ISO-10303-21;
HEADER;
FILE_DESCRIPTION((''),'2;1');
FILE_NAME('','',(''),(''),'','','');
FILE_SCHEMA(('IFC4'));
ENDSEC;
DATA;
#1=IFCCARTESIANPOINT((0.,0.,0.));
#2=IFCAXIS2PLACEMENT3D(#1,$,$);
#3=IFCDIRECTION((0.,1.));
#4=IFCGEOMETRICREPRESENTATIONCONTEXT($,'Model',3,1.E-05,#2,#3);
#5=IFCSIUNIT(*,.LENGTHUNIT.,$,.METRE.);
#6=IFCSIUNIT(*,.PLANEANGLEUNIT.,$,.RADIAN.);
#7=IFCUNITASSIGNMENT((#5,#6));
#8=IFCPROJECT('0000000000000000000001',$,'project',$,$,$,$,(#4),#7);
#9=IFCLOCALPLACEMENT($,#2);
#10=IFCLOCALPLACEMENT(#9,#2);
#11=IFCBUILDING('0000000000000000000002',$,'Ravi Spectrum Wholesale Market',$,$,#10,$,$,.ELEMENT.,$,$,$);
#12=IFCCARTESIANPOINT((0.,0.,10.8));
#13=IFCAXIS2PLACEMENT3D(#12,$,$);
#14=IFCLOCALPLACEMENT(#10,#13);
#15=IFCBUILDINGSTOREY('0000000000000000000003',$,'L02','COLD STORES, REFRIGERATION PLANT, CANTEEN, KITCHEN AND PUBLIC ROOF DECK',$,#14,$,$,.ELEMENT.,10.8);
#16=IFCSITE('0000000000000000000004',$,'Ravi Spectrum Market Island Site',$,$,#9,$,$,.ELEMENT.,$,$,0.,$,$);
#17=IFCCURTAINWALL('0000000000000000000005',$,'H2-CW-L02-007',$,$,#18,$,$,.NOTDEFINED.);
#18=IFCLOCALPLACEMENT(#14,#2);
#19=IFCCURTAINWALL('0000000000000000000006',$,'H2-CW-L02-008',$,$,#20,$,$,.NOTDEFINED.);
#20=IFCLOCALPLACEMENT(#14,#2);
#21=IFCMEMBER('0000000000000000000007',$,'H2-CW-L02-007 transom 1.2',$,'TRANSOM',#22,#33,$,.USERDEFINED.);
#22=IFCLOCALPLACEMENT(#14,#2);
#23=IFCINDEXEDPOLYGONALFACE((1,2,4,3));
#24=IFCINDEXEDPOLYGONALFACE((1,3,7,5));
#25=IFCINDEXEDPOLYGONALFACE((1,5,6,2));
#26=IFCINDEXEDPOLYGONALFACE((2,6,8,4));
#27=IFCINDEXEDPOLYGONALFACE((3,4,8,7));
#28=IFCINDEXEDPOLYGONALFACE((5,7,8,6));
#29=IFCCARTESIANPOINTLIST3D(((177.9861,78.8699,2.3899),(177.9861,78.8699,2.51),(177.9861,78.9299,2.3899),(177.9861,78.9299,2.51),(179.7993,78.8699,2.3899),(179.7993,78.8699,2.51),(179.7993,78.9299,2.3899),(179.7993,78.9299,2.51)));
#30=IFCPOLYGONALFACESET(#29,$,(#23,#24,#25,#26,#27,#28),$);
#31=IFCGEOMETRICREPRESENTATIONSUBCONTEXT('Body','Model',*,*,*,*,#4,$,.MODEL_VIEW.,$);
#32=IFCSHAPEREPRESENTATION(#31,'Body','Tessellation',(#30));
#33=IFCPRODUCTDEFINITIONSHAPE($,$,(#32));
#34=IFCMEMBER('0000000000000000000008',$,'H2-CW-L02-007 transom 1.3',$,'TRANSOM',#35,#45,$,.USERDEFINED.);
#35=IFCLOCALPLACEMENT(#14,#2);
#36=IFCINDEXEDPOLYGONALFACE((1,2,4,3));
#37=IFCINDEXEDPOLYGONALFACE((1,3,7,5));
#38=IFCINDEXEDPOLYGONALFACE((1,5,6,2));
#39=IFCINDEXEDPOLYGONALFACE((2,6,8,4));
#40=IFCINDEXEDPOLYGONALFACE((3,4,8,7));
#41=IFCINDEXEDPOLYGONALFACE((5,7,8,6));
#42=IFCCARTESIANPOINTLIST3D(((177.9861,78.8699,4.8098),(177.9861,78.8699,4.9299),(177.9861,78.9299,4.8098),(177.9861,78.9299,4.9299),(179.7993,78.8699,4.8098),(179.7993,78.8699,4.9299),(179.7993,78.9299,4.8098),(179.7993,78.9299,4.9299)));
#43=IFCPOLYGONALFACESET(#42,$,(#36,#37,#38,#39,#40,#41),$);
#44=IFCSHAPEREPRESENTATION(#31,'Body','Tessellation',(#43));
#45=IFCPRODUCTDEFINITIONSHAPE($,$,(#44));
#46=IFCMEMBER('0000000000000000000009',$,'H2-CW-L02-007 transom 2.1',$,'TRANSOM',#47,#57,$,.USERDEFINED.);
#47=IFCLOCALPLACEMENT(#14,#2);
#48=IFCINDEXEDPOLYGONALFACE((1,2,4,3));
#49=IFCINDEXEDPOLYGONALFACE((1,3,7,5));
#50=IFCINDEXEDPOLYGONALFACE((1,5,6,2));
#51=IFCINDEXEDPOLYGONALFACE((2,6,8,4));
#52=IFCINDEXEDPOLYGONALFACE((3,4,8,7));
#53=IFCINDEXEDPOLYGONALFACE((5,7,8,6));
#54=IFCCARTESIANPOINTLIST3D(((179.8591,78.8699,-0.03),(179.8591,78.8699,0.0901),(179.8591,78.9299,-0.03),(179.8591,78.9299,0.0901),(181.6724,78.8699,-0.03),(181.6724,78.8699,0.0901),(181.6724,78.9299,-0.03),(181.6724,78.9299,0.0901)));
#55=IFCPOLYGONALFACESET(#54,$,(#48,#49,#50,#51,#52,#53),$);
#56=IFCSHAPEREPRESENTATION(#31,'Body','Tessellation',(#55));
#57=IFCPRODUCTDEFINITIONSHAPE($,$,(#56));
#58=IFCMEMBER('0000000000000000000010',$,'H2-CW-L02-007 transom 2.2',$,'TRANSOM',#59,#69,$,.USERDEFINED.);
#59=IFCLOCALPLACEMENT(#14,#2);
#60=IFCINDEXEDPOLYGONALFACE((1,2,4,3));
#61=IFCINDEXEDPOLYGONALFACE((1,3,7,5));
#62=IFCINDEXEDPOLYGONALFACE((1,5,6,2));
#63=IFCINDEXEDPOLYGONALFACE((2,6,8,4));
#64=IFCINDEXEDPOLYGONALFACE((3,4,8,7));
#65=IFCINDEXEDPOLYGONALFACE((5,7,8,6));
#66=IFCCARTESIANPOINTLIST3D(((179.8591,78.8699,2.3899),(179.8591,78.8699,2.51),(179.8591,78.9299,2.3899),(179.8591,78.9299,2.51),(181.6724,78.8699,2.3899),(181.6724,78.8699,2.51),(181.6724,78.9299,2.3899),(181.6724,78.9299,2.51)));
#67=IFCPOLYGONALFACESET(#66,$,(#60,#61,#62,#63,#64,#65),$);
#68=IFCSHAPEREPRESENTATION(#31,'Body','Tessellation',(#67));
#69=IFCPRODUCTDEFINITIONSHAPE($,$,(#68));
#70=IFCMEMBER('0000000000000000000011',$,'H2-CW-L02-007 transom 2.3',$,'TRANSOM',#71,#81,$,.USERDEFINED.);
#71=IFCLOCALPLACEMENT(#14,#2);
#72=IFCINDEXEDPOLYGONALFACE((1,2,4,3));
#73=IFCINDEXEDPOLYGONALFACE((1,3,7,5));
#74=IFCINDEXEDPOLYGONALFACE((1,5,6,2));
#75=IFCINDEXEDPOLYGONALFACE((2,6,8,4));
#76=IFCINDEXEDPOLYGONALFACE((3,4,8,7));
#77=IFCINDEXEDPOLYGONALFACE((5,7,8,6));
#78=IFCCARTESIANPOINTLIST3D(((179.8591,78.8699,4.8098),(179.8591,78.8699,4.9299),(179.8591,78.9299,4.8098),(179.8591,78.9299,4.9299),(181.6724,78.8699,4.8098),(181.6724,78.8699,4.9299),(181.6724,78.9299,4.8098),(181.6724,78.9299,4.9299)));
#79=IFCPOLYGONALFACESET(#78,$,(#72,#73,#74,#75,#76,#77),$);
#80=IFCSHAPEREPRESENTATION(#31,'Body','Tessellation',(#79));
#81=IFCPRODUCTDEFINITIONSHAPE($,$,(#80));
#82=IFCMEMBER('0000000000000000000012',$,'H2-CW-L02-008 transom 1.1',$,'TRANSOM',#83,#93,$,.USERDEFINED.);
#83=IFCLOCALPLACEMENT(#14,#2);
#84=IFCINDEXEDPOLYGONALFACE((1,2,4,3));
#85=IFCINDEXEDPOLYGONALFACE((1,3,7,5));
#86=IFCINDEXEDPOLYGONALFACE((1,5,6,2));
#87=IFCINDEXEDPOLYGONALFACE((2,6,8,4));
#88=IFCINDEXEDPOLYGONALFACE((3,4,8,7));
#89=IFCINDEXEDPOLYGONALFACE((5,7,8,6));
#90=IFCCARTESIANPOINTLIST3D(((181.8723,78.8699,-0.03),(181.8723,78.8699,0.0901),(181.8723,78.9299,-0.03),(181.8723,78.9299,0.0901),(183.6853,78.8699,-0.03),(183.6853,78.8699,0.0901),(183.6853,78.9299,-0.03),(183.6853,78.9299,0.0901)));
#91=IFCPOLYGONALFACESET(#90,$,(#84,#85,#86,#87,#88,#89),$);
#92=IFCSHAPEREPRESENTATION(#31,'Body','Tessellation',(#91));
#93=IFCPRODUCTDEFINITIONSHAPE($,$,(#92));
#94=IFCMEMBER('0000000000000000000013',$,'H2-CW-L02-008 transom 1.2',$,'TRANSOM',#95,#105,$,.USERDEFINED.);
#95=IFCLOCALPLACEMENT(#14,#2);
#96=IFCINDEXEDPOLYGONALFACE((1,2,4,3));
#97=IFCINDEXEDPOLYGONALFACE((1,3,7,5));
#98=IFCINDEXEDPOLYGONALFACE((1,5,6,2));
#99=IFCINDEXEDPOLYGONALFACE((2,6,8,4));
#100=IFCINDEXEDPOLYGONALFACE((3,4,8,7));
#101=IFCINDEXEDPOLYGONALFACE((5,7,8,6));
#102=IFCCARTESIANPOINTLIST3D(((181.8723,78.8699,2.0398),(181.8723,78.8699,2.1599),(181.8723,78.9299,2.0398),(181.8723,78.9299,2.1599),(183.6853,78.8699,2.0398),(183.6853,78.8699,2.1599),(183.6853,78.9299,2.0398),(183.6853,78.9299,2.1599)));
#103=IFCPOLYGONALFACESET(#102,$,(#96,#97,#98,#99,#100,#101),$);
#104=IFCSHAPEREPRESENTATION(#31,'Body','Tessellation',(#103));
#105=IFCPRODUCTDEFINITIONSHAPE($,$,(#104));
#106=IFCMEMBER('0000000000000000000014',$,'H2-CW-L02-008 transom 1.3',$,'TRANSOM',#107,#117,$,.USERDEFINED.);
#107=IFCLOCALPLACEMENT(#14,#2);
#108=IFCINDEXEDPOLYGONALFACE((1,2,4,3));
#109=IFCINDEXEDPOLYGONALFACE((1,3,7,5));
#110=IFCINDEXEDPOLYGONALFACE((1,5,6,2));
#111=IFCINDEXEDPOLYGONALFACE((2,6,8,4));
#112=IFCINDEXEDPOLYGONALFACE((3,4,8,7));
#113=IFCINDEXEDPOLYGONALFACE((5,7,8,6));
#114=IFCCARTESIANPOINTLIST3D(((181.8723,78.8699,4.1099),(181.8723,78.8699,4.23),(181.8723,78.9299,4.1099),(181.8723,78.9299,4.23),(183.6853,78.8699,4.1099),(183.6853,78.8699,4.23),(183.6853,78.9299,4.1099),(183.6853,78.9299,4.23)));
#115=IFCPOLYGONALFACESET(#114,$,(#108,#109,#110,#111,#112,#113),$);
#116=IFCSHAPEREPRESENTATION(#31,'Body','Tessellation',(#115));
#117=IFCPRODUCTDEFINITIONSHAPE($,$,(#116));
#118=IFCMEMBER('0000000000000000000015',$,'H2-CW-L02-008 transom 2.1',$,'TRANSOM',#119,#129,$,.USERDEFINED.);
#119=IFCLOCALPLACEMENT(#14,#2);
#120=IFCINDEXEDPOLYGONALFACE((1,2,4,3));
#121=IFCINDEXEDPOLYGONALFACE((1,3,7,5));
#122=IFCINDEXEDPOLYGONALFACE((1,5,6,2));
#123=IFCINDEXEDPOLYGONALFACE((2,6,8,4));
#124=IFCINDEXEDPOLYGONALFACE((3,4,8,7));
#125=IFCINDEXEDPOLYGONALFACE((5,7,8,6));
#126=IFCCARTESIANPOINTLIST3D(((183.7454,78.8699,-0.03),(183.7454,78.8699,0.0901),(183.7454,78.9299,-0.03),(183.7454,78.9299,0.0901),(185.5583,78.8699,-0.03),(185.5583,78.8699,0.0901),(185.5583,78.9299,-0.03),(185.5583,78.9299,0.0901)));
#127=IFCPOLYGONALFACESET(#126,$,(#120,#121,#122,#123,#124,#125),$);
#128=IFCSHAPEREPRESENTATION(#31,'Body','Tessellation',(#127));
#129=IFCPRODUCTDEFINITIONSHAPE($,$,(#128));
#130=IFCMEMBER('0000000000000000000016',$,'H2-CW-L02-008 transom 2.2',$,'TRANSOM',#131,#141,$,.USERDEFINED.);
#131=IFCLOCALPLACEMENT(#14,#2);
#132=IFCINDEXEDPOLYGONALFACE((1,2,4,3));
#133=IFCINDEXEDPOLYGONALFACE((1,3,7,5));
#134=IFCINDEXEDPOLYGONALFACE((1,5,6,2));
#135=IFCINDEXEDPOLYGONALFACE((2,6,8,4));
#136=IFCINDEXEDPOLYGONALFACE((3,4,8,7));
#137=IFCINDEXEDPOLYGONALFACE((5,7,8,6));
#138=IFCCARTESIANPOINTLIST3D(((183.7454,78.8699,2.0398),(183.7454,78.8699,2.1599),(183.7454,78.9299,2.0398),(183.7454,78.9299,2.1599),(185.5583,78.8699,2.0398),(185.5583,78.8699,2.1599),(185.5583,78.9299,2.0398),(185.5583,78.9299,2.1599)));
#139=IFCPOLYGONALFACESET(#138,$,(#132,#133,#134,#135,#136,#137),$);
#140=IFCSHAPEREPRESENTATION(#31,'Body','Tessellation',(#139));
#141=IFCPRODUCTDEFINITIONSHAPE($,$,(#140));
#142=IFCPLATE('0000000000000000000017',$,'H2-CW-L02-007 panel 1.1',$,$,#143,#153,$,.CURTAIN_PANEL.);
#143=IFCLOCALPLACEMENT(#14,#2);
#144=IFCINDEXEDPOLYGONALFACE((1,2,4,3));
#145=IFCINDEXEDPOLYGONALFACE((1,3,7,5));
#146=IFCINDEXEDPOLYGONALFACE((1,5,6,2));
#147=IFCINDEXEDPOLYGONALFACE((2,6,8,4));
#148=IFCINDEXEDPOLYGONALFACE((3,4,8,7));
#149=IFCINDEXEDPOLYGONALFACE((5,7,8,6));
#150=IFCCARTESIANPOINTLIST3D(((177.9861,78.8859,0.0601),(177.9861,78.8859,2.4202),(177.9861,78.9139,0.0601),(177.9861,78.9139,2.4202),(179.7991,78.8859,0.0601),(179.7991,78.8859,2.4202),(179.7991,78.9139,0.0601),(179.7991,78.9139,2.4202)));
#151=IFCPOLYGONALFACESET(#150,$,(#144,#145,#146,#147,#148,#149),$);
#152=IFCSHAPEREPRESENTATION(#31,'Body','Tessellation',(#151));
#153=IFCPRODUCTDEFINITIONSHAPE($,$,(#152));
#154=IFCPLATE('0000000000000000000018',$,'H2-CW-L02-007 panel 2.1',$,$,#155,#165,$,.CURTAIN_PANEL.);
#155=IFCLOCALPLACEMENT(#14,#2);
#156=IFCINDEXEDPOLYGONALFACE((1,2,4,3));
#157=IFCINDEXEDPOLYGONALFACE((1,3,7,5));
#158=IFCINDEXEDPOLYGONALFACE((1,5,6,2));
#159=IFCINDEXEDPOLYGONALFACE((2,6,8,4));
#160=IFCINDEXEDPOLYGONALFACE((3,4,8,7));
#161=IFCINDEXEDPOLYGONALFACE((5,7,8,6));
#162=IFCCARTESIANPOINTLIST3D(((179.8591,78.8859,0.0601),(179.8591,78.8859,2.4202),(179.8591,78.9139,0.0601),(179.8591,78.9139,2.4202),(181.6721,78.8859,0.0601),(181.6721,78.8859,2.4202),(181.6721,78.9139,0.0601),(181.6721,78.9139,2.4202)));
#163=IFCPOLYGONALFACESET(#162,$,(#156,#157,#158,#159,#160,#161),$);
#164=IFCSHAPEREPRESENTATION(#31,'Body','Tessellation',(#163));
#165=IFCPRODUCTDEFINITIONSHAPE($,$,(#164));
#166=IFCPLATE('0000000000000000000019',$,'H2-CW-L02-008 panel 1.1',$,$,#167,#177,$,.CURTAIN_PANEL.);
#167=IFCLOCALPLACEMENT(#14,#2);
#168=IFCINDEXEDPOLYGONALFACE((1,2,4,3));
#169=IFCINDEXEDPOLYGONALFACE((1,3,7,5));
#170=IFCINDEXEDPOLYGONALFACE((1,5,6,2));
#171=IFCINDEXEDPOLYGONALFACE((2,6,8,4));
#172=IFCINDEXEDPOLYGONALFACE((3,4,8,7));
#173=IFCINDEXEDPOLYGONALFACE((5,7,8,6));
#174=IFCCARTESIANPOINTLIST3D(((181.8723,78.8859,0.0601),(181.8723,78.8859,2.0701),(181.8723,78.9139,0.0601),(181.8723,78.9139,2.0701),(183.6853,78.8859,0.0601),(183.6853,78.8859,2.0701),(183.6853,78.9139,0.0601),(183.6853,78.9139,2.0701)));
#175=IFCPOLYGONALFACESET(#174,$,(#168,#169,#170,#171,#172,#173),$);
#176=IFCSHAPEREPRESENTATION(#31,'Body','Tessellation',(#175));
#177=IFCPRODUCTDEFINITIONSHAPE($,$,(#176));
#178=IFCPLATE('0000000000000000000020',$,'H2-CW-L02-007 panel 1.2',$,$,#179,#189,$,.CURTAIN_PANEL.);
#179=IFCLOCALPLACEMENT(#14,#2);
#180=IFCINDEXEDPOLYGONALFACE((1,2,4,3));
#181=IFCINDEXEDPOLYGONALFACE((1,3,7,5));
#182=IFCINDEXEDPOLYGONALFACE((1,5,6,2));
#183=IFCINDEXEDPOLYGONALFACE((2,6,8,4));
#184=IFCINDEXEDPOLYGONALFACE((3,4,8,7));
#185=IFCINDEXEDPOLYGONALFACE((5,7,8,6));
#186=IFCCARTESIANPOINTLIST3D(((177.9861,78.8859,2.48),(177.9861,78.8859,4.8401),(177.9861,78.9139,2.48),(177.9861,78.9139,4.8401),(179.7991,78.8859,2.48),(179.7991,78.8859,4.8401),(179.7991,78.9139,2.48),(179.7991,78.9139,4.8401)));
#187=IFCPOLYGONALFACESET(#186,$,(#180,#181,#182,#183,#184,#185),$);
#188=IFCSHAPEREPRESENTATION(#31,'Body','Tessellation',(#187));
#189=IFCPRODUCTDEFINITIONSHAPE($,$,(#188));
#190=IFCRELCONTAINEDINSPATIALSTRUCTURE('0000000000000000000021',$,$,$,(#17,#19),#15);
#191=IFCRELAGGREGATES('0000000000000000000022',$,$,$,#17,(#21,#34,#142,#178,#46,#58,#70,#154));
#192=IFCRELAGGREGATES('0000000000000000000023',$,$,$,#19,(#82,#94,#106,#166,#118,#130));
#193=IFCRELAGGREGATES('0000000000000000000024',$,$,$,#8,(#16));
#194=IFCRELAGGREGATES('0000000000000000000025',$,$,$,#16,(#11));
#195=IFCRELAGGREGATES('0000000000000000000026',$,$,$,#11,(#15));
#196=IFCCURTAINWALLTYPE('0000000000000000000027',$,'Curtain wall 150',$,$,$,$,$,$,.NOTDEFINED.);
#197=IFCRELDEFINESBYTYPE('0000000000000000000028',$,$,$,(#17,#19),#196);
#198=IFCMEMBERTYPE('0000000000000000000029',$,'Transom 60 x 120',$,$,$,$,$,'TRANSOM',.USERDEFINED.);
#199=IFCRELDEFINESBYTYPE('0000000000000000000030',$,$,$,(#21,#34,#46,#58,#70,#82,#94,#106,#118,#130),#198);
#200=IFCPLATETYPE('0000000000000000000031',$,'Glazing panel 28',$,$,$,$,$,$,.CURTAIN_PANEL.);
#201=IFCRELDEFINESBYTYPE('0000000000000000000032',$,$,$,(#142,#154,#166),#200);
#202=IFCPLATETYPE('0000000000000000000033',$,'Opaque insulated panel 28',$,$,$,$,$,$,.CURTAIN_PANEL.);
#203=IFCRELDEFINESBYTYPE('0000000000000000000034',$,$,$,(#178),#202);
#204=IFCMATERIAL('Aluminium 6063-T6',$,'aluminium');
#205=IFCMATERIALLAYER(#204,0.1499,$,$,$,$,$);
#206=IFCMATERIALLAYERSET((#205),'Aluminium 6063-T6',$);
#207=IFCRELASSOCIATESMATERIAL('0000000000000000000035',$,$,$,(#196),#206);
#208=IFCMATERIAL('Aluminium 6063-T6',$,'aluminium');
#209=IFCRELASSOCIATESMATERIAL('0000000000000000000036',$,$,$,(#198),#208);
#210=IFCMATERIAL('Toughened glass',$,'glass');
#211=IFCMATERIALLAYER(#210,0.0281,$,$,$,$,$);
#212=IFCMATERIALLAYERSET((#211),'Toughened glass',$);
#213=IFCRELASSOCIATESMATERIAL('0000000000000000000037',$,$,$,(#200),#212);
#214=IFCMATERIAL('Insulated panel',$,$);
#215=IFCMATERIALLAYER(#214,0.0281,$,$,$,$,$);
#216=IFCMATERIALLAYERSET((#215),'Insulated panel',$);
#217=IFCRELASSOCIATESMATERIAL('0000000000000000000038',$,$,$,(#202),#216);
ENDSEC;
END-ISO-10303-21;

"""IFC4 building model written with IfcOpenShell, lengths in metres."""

from ifc_helpers import new_model, si_unit, direction, frame, origin, origin_2d, place, context, subcontext, project, spatial, rectangle, extrude, material, layer, layer_set, material_profile, profile_set, type_object, element, aggregate, save


model = new_model("IFC4")

# Units and contexts
model_context = context("Model", 3, precision=1e-05, world=origin(), true_north=direction((0.0, 1.0)))
body_context = subcontext(model_context, "Body", "Model", "MODEL_VIEW")
ifc_project = project(units=[si_unit("LENGTHUNIT", "METRE"), si_unit("PLANEANGLEUNIT", "RADIAN")], contexts=[model_context])

# Site, building, storey
site_placement = place(None, origin())
site = spatial("IfcSite", under=ifc_project, at=site_placement, Name="Ravi Spectrum Market Island Site", CompositionType="ELEMENT", RefElevation=0.0)
building_placement = place(site_placement, origin())
building = spatial("IfcBuilding", under=site, at=building_placement, Name="Ravi Spectrum Wholesale Market", CompositionType="ELEMENT")
storey_placement = place(building_placement, frame((0.0, 0.0, 10.8)))
storey = spatial("IfcBuildingStorey", under=building, at=storey_placement, Name="L02", Description="COLD STORES, REFRIGERATION PLANT, CANTEEN, KITCHEN AND PUBLIC ROOF DECK", CompositionType="ELEMENT", Elevation=10.8)

# Shared definitions
ifc_material_1 = material(Name="Aluminium 6063-T6", Category="aluminium")
ifc_layer_1 = layer(ifc_material_1, 0.1499)
ifc_layer_set_1 = layer_set([ifc_layer_1], Name="Aluminium 6063-T6")
curtain_wall_type = type_object("IfcCurtainWallType", Name="Curtain wall 150", PredefinedType="NOTDEFINED", material=ifc_layer_set_1)

# Curtain walls
curtain_wall_1_placement = place(storey_placement, origin())
curtain_wall_1 = element("IfcCurtainWall", 1, at=curtain_wall_1_placement, inside=storey, type_object=curtain_wall_type, Name="H2-CW-L02-007", PredefinedType="NOTDEFINED")
curtain_wall_2_placement = place(storey_placement, origin())
curtain_wall_2 = element("IfcCurtainWall", 2, at=curtain_wall_2_placement, inside=storey, type_object=curtain_wall_type, Name="H2-CW-L02-008", PredefinedType="NOTDEFINED")

# Members
ifc_material_2 = material(Name="Aluminium 6063-T6", Category="aluminium")
ifc_material_profile_1 = material_profile(ifc_material_2, rectangle(XDim=0.0601, YDim=0.1201, at=origin_2d()))
ifc_profile_set_1 = profile_set([ifc_material_profile_1], Name="Aluminium 6063-T6")
member_type_1 = type_object("IfcMemberType", Name="Transom 60 x 120", ElementType="TRANSOM", PredefinedType="USERDEFINED", material=ifc_profile_set_1)
member_1_placement = place(storey_placement, frame((177.9861, 78.8999, 2.45), z_axis=(1.0, 0.0, 0.0), x_axis=(0.0, 1.0, 0.0)))
member_1 = element("IfcMember", 3, at=member_1_placement, type_object=member_type_1, Name="H2-CW-L02-007 transom 1.2", ObjectType="TRANSOM", PredefinedType="USERDEFINED", context=body_context, shape_type="SweptSolid", body=[
    extrude(rectangle(XDim=0.0601, YDim=0.1201, at=origin_2d()), origin(), (0.0, 0.0, 1.0), 1.8132),
])
member_2_placement = place(storey_placement, frame((177.9861, 78.8999, 4.8699), z_axis=(1.0, 0.0, 0.0), x_axis=(0.0, 1.0, 0.0)))
member_2 = element("IfcMember", 4, at=member_2_placement, type_object=member_type_1, Name="H2-CW-L02-007 transom 1.3", ObjectType="TRANSOM", PredefinedType="USERDEFINED", context=body_context, shape_type="SweptSolid", body=[
    extrude(rectangle(XDim=0.0601, YDim=0.1201, at=origin_2d()), origin(), (0.0, 0.0, 1.0), 1.8132),
])
member_3_placement = place(storey_placement, frame((179.8591, 78.8999, 0.03), z_axis=(1.0, 0.0, 0.0), x_axis=(0.0, 1.0, 0.0)))
member_3 = element("IfcMember", 5, at=member_3_placement, type_object=member_type_1, Name="H2-CW-L02-007 transom 2.1", ObjectType="TRANSOM", PredefinedType="USERDEFINED", context=body_context, shape_type="SweptSolid", body=[
    extrude(rectangle(XDim=0.0601, YDim=0.1201, at=origin_2d()), origin(), (0.0, 0.0, 1.0), 1.8132),
])
member_4_placement = place(storey_placement, frame((179.8591, 78.8999, 2.45), z_axis=(1.0, 0.0, 0.0), x_axis=(0.0, 1.0, 0.0)))
member_4 = element("IfcMember", 6, at=member_4_placement, type_object=member_type_1, Name="H2-CW-L02-007 transom 2.2", ObjectType="TRANSOM", PredefinedType="USERDEFINED", context=body_context, shape_type="SweptSolid", body=[
    extrude(rectangle(XDim=0.0601, YDim=0.1201, at=origin_2d()), origin(), (0.0, 0.0, 1.0), 1.8132),
])
member_5_placement = place(storey_placement, frame((179.8591, 78.8999, 4.8699), z_axis=(1.0, 0.0, 0.0), x_axis=(0.0, 1.0, 0.0)))
member_5 = element("IfcMember", 7, at=member_5_placement, type_object=member_type_1, Name="H2-CW-L02-007 transom 2.3", ObjectType="TRANSOM", PredefinedType="USERDEFINED", context=body_context, shape_type="SweptSolid", body=[
    extrude(rectangle(XDim=0.0601, YDim=0.1201, at=origin_2d()), origin(), (0.0, 0.0, 1.0), 1.8132),
])
member_6_placement = place(storey_placement, frame((181.8723, 78.8999, 0.03), z_axis=(1.0, 0.0, 0.0), x_axis=(0.0, 1.0, 0.0)))
member_6 = element("IfcMember", 8, at=member_6_placement, type_object=member_type_1, Name="H2-CW-L02-008 transom 1.1", ObjectType="TRANSOM", PredefinedType="USERDEFINED", context=body_context, shape_type="SweptSolid", body=[
    extrude(rectangle(XDim=0.0601, YDim=0.1201, at=origin_2d()), origin(), (0.0, 0.0, 1.0), 1.813),
])
member_7_placement = place(storey_placement, frame((181.8723, 78.8999, 2.0999), z_axis=(1.0, 0.0, 0.0), x_axis=(0.0, 1.0, 0.0)))
member_7 = element("IfcMember", 9, at=member_7_placement, type_object=member_type_1, Name="H2-CW-L02-008 transom 1.2", ObjectType="TRANSOM", PredefinedType="USERDEFINED", context=body_context, shape_type="SweptSolid", body=[
    extrude(rectangle(XDim=0.0601, YDim=0.1201, at=origin_2d()), origin(), (0.0, 0.0, 1.0), 1.813),
])
member_8_placement = place(storey_placement, frame((181.8723, 78.8999, 4.1699), z_axis=(1.0, 0.0, 0.0), x_axis=(0.0, 1.0, 0.0)))
member_8 = element("IfcMember", 10, at=member_8_placement, type_object=member_type_1, Name="H2-CW-L02-008 transom 1.3", ObjectType="TRANSOM", PredefinedType="USERDEFINED", context=body_context, shape_type="SweptSolid", body=[
    extrude(rectangle(XDim=0.0601, YDim=0.1201, at=origin_2d()), origin(), (0.0, 0.0, 1.0), 1.813),
])
member_9_placement = place(storey_placement, frame((183.7454, 78.8999, 0.03), z_axis=(1.0, 0.0, 0.0), x_axis=(0.0, 1.0, 0.0)))
member_9 = element("IfcMember", 11, at=member_9_placement, type_object=member_type_1, Name="H2-CW-L02-008 transom 2.1", ObjectType="TRANSOM", PredefinedType="USERDEFINED", context=body_context, shape_type="SweptSolid", body=[
    extrude(rectangle(XDim=0.0601, YDim=0.1201, at=origin_2d()), origin(), (0.0, 0.0, 1.0), 1.813),
])
member_10_placement = place(storey_placement, frame((183.7454, 78.8999, 2.0999), z_axis=(1.0, 0.0, 0.0), x_axis=(0.0, 1.0, 0.0)))
member_10 = element("IfcMember", 12, at=member_10_placement, type_object=member_type_1, Name="H2-CW-L02-008 transom 2.2", ObjectType="TRANSOM", PredefinedType="USERDEFINED", context=body_context, shape_type="SweptSolid", body=[
    extrude(rectangle(XDim=0.0601, YDim=0.1201, at=origin_2d()), origin(), (0.0, 0.0, 1.0), 1.813),
])

# Plates
ifc_material_3 = material(Name="Toughened glass", Category="glass")
ifc_layer_2 = layer(ifc_material_3, 0.0281)
ifc_layer_set_2 = layer_set([ifc_layer_2], Name="Toughened glass")
plate_type_1 = type_object("IfcPlateType", Name="Glazing panel 28", PredefinedType="CURTAIN_PANEL", material=ifc_layer_set_2)
plate_1_placement = place(storey_placement, frame((178.8926, 78.8999, 0.0601), z_axis=(0.0, 0.0, 1.0), x_axis=(1.0, 0.0, 0.0)))
plate_1 = element("IfcPlate", 13, at=plate_1_placement, type_object=plate_type_1, Name="H2-CW-L02-007 panel 1.1", PredefinedType="CURTAIN_PANEL", context=body_context, shape_type="SweptSolid", body=[
    extrude(rectangle(XDim=1.813, YDim=0.0281, at=origin_2d()), origin(), (0.0, 0.0, 1.0), 2.3601),
])
plate_2_placement = place(storey_placement, frame((180.7656, 78.8999, 0.0601), z_axis=(0.0, 0.0, 1.0), x_axis=(1.0, 0.0, 0.0)))
plate_2 = element("IfcPlate", 14, at=plate_2_placement, type_object=plate_type_1, Name="H2-CW-L02-007 panel 2.1", PredefinedType="CURTAIN_PANEL", context=body_context, shape_type="SweptSolid", body=[
    extrude(rectangle(XDim=1.813, YDim=0.0281, at=origin_2d()), origin(), (0.0, 0.0, 1.0), 2.3601),
])
plate_3_placement = place(storey_placement, frame((182.7788, 78.8999, 0.0601), z_axis=(0.0, 0.0, 1.0), x_axis=(1.0, 0.0, 0.0)))
plate_3 = element("IfcPlate", 15, at=plate_3_placement, type_object=plate_type_1, Name="H2-CW-L02-008 panel 1.1", PredefinedType="CURTAIN_PANEL", context=body_context, shape_type="SweptSolid", body=[
    extrude(rectangle(XDim=1.813, YDim=0.0281, at=origin_2d()), origin(), (0.0, 0.0, 1.0), 2.01),
])
ifc_material_4 = material(Name="Insulated panel")
ifc_layer_3 = layer(ifc_material_4, 0.0281)
ifc_layer_set_3 = layer_set([ifc_layer_3], Name="Insulated panel")
plate_type_2 = type_object("IfcPlateType", Name="Opaque insulated panel 28", PredefinedType="CURTAIN_PANEL", material=ifc_layer_set_3)
plate_4_placement = place(storey_placement, frame((178.8926, 78.8999, 2.48), z_axis=(0.0, 0.0, 1.0), x_axis=(1.0, 0.0, 0.0)))
plate_4 = element("IfcPlate", 16, at=plate_4_placement, type_object=plate_type_2, Name="H2-CW-L02-007 panel 1.2", PredefinedType="CURTAIN_PANEL", context=body_context, shape_type="SweptSolid", body=[
    extrude(rectangle(XDim=1.813, YDim=0.0281, at=origin_2d()), origin(), (0.0, 0.0, 1.0), 2.3601),
])
aggregate(curtain_wall_1, [member_1, member_2, plate_1, plate_4, member_3, member_4, member_5, plate_2])
aggregate(curtain_wall_2, [member_6, member_7, member_8, plate_3, member_9, member_10])

save(model, "model.ifc")
